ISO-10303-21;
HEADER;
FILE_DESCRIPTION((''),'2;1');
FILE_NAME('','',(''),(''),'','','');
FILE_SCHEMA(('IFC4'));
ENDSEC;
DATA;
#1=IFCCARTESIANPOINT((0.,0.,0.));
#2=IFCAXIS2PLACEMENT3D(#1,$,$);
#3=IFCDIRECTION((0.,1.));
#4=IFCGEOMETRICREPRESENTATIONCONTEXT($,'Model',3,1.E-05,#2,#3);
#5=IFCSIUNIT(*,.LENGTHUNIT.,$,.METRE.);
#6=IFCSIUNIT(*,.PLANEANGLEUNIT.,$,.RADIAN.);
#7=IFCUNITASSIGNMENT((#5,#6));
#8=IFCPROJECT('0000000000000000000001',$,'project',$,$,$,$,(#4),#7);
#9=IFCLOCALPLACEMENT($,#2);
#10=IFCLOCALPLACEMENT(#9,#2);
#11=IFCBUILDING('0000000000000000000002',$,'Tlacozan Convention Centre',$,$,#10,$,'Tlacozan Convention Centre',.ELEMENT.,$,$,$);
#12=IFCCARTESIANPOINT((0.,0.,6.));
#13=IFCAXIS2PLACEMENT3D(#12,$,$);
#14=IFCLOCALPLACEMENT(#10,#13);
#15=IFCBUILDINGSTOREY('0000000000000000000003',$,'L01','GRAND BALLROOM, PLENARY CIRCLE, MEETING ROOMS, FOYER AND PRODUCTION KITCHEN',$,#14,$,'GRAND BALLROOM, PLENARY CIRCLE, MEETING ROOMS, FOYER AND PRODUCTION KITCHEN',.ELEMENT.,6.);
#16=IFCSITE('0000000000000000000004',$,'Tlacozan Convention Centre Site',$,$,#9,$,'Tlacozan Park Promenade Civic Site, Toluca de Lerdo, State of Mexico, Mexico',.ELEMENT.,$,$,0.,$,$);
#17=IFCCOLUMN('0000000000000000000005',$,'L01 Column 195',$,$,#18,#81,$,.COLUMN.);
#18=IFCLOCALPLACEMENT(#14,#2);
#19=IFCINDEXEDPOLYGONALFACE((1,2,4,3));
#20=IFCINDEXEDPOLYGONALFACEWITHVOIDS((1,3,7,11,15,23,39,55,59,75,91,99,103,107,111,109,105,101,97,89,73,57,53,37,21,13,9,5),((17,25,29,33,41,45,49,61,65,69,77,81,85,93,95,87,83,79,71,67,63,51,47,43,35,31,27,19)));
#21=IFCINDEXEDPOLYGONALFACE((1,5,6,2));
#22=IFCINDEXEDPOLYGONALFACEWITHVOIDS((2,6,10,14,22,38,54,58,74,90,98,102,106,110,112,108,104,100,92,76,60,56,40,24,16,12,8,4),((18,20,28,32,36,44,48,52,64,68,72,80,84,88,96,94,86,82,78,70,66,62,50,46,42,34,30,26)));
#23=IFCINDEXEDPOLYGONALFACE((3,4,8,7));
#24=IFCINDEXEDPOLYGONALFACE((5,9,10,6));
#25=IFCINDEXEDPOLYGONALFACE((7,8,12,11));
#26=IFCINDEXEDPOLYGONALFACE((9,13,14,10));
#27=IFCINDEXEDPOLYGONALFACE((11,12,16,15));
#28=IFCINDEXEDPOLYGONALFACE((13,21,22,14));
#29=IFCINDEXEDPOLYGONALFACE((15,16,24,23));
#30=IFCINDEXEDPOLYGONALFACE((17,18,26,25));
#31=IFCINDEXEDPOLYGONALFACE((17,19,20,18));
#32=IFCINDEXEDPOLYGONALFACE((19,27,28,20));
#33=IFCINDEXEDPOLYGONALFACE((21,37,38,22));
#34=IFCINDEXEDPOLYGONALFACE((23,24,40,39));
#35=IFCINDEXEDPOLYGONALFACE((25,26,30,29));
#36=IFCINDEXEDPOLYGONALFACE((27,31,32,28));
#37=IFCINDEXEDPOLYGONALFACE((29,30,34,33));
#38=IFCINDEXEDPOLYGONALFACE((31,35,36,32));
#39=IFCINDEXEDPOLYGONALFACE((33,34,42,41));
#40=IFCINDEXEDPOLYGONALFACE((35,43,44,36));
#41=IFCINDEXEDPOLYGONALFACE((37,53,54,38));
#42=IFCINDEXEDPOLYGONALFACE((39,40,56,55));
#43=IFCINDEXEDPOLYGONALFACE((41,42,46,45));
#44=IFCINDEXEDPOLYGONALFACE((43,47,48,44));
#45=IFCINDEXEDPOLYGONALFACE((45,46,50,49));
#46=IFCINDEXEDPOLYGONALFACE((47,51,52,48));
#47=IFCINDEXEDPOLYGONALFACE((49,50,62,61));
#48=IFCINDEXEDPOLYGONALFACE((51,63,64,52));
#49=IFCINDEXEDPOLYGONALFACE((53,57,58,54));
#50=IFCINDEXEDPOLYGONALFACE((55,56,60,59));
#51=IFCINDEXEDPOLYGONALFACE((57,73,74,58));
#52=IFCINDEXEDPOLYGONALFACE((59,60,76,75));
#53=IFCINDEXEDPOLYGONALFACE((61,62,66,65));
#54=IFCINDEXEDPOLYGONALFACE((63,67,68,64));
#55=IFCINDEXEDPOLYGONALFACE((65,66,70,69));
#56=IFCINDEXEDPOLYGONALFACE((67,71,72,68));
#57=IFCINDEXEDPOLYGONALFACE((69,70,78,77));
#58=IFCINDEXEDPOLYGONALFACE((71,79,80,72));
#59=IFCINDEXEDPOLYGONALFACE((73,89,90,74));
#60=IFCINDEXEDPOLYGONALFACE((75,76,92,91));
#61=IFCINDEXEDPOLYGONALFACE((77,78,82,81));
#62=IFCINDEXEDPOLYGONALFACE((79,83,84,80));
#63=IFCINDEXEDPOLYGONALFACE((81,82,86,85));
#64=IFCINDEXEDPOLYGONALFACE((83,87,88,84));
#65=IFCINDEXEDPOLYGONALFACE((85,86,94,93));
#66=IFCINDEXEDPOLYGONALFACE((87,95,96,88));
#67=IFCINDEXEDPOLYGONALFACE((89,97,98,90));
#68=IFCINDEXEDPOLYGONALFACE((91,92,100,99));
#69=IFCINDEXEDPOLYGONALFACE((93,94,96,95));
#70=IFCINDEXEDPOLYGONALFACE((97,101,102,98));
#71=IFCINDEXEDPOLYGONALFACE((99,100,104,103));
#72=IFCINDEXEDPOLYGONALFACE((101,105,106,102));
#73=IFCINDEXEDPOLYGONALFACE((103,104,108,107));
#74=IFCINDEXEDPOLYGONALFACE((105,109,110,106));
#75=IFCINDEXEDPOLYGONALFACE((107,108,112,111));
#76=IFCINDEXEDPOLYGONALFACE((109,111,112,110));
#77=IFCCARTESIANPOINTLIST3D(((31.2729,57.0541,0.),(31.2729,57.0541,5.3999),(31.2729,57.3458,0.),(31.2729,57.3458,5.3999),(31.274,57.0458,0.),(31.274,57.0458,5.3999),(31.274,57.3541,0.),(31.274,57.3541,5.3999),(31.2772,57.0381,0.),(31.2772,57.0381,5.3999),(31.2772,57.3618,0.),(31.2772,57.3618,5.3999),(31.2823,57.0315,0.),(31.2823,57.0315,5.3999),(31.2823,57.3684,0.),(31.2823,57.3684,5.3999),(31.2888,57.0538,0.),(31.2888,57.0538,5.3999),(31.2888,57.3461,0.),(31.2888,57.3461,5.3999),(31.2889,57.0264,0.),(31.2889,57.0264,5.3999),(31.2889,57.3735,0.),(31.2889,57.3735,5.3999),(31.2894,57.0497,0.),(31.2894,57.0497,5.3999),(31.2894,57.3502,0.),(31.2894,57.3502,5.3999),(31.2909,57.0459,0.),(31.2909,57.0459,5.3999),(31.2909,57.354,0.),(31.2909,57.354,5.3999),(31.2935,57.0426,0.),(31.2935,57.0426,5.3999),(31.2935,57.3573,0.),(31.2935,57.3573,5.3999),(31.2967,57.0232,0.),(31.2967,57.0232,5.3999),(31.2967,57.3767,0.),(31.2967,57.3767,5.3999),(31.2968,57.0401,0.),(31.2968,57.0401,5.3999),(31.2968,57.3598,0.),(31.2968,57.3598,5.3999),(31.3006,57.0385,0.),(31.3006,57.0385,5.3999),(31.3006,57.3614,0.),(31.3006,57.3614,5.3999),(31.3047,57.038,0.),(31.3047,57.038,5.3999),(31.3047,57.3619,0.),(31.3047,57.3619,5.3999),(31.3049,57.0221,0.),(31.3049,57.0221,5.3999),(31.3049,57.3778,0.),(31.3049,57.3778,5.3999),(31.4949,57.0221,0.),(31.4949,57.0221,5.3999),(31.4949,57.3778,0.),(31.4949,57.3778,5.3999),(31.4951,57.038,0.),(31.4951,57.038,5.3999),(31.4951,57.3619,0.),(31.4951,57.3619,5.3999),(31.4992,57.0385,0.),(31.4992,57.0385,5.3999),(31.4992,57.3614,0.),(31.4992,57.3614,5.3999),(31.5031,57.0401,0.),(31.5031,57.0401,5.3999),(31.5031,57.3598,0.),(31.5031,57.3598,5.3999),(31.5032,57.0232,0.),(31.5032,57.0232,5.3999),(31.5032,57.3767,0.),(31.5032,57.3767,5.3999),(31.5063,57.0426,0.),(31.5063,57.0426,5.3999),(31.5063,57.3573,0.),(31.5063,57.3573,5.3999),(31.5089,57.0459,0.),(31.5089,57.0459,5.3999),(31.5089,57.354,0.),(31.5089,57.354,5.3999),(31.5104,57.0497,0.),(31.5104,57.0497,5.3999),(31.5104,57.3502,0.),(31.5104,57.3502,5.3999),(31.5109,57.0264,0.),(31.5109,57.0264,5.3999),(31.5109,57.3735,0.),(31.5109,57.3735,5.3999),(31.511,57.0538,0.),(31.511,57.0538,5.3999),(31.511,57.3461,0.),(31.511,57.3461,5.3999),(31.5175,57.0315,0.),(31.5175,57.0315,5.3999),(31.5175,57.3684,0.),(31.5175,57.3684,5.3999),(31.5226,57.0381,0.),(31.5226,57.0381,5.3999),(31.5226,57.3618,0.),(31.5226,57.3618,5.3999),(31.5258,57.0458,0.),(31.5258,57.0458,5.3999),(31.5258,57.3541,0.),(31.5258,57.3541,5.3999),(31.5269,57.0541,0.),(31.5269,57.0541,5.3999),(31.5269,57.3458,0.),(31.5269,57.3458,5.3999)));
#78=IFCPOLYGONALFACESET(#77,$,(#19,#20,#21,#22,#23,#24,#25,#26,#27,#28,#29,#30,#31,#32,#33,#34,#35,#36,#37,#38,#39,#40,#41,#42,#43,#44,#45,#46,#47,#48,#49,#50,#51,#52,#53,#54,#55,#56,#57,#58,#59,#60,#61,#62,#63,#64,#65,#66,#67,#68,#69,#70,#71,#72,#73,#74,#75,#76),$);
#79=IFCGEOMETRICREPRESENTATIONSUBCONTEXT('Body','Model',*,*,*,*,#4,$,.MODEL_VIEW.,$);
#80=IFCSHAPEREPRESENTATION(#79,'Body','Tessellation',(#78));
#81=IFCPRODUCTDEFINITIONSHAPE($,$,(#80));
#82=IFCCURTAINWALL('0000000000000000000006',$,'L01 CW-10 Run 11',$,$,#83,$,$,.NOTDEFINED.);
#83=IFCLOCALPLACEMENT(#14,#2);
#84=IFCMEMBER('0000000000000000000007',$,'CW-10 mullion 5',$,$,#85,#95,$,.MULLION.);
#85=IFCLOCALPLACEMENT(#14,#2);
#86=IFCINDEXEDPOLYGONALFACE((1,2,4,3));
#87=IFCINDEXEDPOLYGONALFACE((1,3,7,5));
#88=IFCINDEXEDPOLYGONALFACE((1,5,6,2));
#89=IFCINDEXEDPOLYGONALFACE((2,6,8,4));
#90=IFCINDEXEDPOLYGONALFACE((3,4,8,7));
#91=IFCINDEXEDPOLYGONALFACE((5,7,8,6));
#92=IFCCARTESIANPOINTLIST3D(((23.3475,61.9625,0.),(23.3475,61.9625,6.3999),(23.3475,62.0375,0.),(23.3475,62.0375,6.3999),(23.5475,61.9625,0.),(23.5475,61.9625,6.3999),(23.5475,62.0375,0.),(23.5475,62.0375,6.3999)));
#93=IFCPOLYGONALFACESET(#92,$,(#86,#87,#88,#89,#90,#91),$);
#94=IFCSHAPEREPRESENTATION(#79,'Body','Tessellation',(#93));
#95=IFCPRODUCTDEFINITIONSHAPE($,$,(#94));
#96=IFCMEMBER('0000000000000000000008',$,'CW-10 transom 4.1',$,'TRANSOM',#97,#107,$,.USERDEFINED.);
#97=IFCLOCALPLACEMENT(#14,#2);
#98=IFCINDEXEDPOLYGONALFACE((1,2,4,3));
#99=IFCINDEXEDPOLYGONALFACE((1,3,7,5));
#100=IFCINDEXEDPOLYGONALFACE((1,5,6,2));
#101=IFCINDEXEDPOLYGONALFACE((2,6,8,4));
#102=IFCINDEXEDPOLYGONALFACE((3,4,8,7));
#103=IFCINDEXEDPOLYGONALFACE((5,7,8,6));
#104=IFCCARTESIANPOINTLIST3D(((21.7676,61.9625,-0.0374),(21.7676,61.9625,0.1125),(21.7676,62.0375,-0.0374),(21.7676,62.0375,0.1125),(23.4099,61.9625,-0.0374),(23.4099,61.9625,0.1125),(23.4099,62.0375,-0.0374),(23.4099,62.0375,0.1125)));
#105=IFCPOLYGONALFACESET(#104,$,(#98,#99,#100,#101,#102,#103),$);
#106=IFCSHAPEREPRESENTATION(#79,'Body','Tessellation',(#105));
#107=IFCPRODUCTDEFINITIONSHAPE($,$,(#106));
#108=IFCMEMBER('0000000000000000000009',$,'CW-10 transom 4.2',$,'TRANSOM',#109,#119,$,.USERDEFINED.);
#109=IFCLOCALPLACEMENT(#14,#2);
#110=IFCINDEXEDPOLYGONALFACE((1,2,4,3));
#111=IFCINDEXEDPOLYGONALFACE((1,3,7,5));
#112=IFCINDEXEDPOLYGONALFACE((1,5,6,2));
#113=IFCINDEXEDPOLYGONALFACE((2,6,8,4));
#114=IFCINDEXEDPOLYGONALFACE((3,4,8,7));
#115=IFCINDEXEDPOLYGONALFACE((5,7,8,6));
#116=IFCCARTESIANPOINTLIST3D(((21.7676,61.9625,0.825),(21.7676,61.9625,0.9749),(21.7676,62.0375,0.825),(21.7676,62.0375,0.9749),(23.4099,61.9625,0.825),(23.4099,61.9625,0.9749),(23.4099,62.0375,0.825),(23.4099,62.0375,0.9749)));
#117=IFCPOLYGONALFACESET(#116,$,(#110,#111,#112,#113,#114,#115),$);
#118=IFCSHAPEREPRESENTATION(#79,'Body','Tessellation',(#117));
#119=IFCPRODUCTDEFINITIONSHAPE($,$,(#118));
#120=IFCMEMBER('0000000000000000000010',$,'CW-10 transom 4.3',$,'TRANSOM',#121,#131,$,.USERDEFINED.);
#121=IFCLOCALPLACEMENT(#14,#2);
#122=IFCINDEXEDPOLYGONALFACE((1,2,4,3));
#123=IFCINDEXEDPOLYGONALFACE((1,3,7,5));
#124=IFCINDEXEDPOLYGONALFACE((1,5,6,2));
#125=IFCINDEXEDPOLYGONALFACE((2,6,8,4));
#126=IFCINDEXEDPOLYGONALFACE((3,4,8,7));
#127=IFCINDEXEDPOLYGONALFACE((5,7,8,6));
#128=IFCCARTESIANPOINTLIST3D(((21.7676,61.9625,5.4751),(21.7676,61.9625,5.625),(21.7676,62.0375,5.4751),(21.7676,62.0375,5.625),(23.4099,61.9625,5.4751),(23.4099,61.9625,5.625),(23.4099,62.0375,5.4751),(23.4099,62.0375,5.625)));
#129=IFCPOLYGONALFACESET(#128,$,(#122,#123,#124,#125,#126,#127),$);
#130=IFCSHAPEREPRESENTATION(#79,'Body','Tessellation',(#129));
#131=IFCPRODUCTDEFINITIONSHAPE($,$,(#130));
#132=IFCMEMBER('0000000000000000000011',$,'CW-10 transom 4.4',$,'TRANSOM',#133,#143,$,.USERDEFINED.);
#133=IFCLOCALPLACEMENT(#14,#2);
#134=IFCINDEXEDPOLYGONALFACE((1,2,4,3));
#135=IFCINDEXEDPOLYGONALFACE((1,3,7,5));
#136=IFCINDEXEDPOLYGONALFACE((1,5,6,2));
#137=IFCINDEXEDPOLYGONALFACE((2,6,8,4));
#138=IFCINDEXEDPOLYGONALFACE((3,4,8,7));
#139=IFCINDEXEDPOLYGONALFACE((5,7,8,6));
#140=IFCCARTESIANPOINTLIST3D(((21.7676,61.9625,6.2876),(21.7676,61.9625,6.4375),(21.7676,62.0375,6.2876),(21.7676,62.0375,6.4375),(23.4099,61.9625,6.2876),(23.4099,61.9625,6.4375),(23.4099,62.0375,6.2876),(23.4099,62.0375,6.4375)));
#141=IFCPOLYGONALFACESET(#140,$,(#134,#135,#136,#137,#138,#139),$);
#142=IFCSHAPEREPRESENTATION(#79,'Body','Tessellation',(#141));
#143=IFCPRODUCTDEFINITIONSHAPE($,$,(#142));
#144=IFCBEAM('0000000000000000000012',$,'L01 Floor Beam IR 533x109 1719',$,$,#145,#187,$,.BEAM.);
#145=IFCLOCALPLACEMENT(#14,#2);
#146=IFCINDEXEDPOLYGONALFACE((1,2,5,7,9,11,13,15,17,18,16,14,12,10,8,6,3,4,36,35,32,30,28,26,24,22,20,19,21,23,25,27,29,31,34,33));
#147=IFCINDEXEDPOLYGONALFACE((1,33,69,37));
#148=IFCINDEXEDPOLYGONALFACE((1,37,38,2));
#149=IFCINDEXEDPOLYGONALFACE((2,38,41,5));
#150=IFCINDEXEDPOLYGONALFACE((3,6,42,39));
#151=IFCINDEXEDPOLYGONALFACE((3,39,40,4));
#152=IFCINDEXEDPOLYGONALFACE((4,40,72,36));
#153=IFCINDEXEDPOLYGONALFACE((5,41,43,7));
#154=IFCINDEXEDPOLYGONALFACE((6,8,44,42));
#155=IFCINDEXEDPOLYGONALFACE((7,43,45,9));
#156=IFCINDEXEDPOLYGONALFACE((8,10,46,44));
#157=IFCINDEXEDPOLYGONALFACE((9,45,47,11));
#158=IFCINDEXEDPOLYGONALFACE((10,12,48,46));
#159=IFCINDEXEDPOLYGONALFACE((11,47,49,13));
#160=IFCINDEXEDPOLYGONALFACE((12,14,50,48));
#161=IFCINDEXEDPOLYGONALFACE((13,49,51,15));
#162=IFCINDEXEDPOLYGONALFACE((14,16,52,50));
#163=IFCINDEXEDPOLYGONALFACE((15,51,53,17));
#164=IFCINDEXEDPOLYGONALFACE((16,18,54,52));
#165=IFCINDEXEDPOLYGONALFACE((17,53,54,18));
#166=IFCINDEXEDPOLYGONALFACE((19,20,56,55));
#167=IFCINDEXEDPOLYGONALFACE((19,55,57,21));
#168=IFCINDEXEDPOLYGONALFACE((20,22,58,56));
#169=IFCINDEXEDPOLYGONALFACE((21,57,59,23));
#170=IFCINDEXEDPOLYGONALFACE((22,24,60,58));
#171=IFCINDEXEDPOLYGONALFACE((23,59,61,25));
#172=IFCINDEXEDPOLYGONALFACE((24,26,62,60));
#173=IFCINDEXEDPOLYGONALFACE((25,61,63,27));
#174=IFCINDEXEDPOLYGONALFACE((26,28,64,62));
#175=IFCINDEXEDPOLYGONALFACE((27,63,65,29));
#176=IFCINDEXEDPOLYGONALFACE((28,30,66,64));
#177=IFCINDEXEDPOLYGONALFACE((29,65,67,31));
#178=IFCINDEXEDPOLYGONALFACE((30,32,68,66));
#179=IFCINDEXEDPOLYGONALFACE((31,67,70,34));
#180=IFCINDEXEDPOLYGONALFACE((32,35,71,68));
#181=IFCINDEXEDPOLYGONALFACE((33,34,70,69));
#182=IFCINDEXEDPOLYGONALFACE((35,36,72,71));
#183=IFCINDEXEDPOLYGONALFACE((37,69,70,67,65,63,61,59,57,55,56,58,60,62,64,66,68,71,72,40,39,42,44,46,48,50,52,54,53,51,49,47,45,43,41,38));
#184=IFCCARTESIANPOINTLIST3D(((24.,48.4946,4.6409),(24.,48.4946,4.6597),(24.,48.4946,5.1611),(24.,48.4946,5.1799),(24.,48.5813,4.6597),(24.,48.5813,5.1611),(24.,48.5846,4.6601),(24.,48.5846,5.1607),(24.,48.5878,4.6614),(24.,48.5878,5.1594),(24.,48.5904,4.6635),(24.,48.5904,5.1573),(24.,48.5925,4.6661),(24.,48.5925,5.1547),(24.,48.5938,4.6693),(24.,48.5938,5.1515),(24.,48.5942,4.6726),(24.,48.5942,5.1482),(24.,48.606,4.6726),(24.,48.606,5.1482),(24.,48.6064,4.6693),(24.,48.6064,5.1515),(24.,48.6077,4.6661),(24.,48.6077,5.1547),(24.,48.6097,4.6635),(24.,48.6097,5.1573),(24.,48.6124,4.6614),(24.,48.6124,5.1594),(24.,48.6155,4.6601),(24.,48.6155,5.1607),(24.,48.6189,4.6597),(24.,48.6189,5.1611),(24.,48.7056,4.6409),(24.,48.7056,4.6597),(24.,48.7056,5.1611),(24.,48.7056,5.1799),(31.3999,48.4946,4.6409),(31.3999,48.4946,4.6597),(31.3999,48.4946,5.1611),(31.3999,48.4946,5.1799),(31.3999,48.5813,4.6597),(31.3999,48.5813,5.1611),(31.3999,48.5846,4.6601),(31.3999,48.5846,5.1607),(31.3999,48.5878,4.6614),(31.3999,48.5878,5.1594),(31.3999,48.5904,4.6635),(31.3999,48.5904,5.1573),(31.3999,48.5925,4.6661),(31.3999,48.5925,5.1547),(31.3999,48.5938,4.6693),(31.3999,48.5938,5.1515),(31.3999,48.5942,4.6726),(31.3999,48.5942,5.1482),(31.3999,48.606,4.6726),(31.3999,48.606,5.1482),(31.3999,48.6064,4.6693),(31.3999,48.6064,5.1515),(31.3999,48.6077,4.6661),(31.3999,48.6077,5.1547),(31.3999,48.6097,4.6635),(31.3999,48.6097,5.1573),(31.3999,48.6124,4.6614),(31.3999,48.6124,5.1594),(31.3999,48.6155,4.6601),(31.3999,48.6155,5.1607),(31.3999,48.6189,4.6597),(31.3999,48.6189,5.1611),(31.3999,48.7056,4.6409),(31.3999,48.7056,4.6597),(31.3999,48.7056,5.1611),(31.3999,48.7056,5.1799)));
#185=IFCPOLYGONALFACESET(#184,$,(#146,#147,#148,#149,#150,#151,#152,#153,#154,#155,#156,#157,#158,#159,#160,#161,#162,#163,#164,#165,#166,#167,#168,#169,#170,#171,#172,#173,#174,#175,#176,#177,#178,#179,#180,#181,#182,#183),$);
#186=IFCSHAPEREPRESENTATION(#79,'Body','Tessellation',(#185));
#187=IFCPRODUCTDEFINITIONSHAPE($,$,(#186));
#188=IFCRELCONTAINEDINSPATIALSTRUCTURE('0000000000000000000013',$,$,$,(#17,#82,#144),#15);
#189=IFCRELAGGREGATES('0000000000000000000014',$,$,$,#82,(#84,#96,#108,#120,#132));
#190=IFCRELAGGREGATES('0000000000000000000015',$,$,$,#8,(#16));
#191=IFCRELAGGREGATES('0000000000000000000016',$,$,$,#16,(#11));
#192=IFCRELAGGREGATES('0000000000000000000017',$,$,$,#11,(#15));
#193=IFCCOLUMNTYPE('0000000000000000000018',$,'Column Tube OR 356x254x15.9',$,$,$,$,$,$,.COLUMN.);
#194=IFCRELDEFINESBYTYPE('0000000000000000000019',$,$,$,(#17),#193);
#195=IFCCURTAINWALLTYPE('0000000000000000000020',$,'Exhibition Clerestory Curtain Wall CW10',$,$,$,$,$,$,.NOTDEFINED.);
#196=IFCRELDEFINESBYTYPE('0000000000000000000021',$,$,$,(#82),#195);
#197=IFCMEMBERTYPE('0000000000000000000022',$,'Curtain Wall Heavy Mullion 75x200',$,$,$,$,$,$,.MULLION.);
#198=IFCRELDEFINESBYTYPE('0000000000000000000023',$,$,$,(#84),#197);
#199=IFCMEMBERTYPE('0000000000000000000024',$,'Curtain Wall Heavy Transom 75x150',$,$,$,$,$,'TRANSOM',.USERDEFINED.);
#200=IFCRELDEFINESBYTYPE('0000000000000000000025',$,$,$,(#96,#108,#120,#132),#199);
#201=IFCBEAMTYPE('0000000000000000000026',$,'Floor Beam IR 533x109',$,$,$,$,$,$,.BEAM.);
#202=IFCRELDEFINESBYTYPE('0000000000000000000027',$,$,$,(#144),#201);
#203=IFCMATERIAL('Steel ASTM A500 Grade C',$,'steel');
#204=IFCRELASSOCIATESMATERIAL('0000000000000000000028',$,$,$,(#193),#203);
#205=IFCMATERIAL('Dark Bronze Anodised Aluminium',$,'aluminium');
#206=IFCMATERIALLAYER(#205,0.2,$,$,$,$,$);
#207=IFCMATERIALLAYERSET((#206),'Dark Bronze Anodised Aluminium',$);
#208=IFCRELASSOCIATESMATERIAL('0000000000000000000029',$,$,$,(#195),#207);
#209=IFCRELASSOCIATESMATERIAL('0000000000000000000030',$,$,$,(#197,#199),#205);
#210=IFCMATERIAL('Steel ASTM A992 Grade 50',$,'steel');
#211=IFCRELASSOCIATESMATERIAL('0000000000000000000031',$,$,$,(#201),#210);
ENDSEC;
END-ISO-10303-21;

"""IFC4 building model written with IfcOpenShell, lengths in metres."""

from ifc_helpers import new_model, si_unit, direction, frame, origin, origin_2d, place, context, subcontext, project, spatial, rectangle, hollow_rectangle, i_section, extrude, material, layer, layer_set, material_profile, profile_set, type_object, element, aggregate, save


model = new_model("IFC4")

# Units and contexts
model_context = context("Model", 3, precision=1e-05, world=origin(), true_north=direction((0.0, 1.0)))
body_context = subcontext(model_context, "Body", "Model", "MODEL_VIEW")
ifc_project = project(units=[si_unit("LENGTHUNIT", "METRE"), si_unit("PLANEANGLEUNIT", "RADIAN")], contexts=[model_context])

# Site, building, storey
site_placement = place(None, origin())
site = spatial("IfcSite", under=ifc_project, at=site_placement, Name="Tlacozan Convention Centre Site", LongName="Tlacozan Park Promenade Civic Site, Toluca de Lerdo, State of Mexico, Mexico", CompositionType="ELEMENT", RefElevation=0.0)
building_placement = place(site_placement, origin())
building = spatial("IfcBuilding", under=site, at=building_placement, Name="Tlacozan Convention Centre", LongName="Tlacozan Convention Centre", CompositionType="ELEMENT")
storey_placement = place(building_placement, frame((0.0, 0.0, 6.0)))
storey = spatial("IfcBuildingStorey", under=building, at=storey_placement, Name="L01", Description="GRAND BALLROOM, PLENARY CIRCLE, MEETING ROOMS, FOYER AND PRODUCTION KITCHEN", LongName="GRAND BALLROOM, PLENARY CIRCLE, MEETING ROOMS, FOYER AND PRODUCTION KITCHEN", CompositionType="ELEMENT", Elevation=6.0)

# Column
ifc_material_1 = material(Name="Steel ASTM A500 Grade C", Category="steel")
ifc_material_profile_1 = material_profile(ifc_material_1, hollow_rectangle(XDim=0.2539, YDim=0.3557, WallThickness=0.0159, InnerFilletRadius=0.0159, OuterFilletRadius=0.032, at=origin_2d()), Name="OR 356x254x15.9")
ifc_profile_set_1 = profile_set([ifc_material_profile_1], Name="Steel ASTM A500 Grade C")
column_type = type_object("IfcColumnType", Name="Column Tube OR 356x254x15.9", PredefinedType="COLUMN", material=ifc_profile_set_1)
for number, where, z_axis, x_axis, name in (
    (1, (31.3999, 57.2, 0.0), (0.0, 0.0, 1.0), (1.0, 0.0, 0.0), "L01 Column 195"),
):
    element("IfcColumn", number, at=place(storey_placement, frame(where, z_axis=z_axis, x_axis=x_axis)), inside=storey, type_object=column_type, Name=name, PredefinedType="COLUMN", context=body_context, shape_type="SweptSolid", body=[
        extrude(hollow_rectangle(XDim=0.2539, YDim=0.3557, WallThickness=0.0159, InnerFilletRadius=0.0159, OuterFilletRadius=0.032, at=origin_2d()), origin(), (0.0, 0.0, 1.0), 5.3999),
    ])

# Curtain wall, members
ifc_material_2 = material(Name="Dark Bronze Anodised Aluminium", Category="aluminium")
ifc_layer_1 = layer(ifc_material_2, 0.2)
ifc_layer_set_1 = layer_set([ifc_layer_1], Name="Dark Bronze Anodised Aluminium")
curtain_wall_type = type_object("IfcCurtainWallType", Name="Exhibition Clerestory Curtain Wall CW10", PredefinedType="NOTDEFINED", material=ifc_layer_set_1)
curtain_wall_placement = place(storey_placement, origin())
curtain_wall = element("IfcCurtainWall", 2, at=curtain_wall_placement, inside=storey, type_object=curtain_wall_type, Name="L01 CW-10 Run 11", PredefinedType="NOTDEFINED")
ifc_material_profile_2 = material_profile(ifc_material_2, rectangle(XDim=0.075, YDim=0.2, at=origin_2d()), Name="ALU 75x200")
ifc_profile_set_2 = profile_set([ifc_material_profile_2], Name="Dark Bronze Anodised Aluminium")
member_type_1 = type_object("IfcMemberType", Name="Curtain Wall Heavy Mullion 75x200", PredefinedType="MULLION", material=ifc_profile_set_2)
member_1_placement = place(storey_placement, frame((23.4475, 62.0, 0.0), z_axis=(0.0, 0.0, 1.0), x_axis=(0.0, 1.0, 0.0)))
member_1 = element("IfcMember", 3, at=member_1_placement, type_object=member_type_1, Name="CW-10 mullion 5", PredefinedType="MULLION", context=body_context, shape_type="SweptSolid", body=[
    extrude(rectangle(XDim=0.075, YDim=0.2, at=origin_2d()), origin(), (0.0, 0.0, 1.0), 6.3999),
])
ifc_material_profile_3 = material_profile(ifc_material_2, rectangle(XDim=0.075, YDim=0.1499, at=origin_2d()), Name="ALU 75x150")
ifc_profile_set_3 = profile_set([ifc_material_profile_3], Name="Dark Bronze Anodised Aluminium")
member_type_2 = type_object("IfcMemberType", Name="Curtain Wall Heavy Transom 75x150", ElementType="TRANSOM", PredefinedType="USERDEFINED", material=ifc_profile_set_3)
member_2_placement = place(storey_placement, frame((21.7676, 62.0, 0.0376), z_axis=(1.0, 0.0, 0.0), x_axis=(0.0, 1.0, 0.0)))
member_2 = element("IfcMember", 4, at=member_2_placement, type_object=member_type_2, Name="CW-10 transom 4.1", ObjectType="TRANSOM", PredefinedType="USERDEFINED", context=body_context, shape_type="SweptSolid", body=[
    extrude(rectangle(XDim=0.075, YDim=0.1499, at=origin_2d()), origin(), (0.0, 0.0, 1.0), 1.6423),
])
member_3_placement = place(storey_placement, frame((21.7676, 62.0, 0.8999), z_axis=(1.0, 0.0, 0.0), x_axis=(0.0, 1.0, 0.0)))
member_3 = element("IfcMember", 5, at=member_3_placement, type_object=member_type_2, Name="CW-10 transom 4.2", ObjectType="TRANSOM", PredefinedType="USERDEFINED", context=body_context, shape_type="SweptSolid", body=[
    extrude(rectangle(XDim=0.075, YDim=0.1499, at=origin_2d()), origin(), (0.0, 0.0, 1.0), 1.6423),
])
member_4_placement = place(storey_placement, frame((21.7676, 62.0, 5.55), z_axis=(1.0, 0.0, 0.0), x_axis=(0.0, 1.0, 0.0)))
member_4 = element("IfcMember", 6, at=member_4_placement, type_object=member_type_2, Name="CW-10 transom 4.3", ObjectType="TRANSOM", PredefinedType="USERDEFINED", context=body_context, shape_type="SweptSolid", body=[
    extrude(rectangle(XDim=0.075, YDim=0.1499, at=origin_2d()), origin(), (0.0, 0.0, 1.0), 1.6423),
])
member_5_placement = place(storey_placement, frame((21.7676, 62.0, 6.3625), z_axis=(1.0, 0.0, 0.0), x_axis=(0.0, 1.0, 0.0)))
member_5 = element("IfcMember", 7, at=member_5_placement, type_object=member_type_2, Name="CW-10 transom 4.4", ObjectType="TRANSOM", PredefinedType="USERDEFINED", context=body_context, shape_type="SweptSolid", body=[
    extrude(rectangle(XDim=0.075, YDim=0.1499, at=origin_2d()), origin(), (0.0, 0.0, 1.0), 1.6423),
])

# Beam
ifc_material_3 = material(Name="Steel ASTM A992 Grade 50", Category="steel")
ifc_material_profile_4 = material_profile(ifc_material_3, i_section(OverallWidth=0.2109, OverallDepth=0.5391, WebThickness=0.0117, FlangeThickness=0.0188, FilletRadius=0.0129, at=origin_2d()), Name="IR 533x109.0")
ifc_profile_set_4 = profile_set([ifc_material_profile_4], Name="Steel ASTM A992 Grade 50")
beam_type_1 = type_object("IfcBeamType", Name="Floor Beam IR 533x109", PredefinedType="BEAM", material=ifc_profile_set_4)
for number, where, z_axis, x_axis, name in (
    (8, (24.0, 48.6001, 4.9104), (1.0, 0.0, 0.0), (0.0, 1.0, 0.0), "L01 Floor Beam IR 533x109 1719"),
):
    element("IfcBeam", number, at=place(storey_placement, frame(where, z_axis=z_axis, x_axis=x_axis)), inside=storey, type_object=beam_type_1, Name=name, PredefinedType="BEAM", context=body_context, shape_type="SweptSolid", body=[
        extrude(i_section(OverallWidth=0.2109, OverallDepth=0.5391, WebThickness=0.0117, FlangeThickness=0.0188, FilletRadius=0.0129, at=origin_2d()), origin(), (0.0, 0.0, 1.0), 7.3999),
    ])

aggregate(curtain_wall, [member_1, member_2, member_3, member_4, member_5])

save(model, "model.ifc")
